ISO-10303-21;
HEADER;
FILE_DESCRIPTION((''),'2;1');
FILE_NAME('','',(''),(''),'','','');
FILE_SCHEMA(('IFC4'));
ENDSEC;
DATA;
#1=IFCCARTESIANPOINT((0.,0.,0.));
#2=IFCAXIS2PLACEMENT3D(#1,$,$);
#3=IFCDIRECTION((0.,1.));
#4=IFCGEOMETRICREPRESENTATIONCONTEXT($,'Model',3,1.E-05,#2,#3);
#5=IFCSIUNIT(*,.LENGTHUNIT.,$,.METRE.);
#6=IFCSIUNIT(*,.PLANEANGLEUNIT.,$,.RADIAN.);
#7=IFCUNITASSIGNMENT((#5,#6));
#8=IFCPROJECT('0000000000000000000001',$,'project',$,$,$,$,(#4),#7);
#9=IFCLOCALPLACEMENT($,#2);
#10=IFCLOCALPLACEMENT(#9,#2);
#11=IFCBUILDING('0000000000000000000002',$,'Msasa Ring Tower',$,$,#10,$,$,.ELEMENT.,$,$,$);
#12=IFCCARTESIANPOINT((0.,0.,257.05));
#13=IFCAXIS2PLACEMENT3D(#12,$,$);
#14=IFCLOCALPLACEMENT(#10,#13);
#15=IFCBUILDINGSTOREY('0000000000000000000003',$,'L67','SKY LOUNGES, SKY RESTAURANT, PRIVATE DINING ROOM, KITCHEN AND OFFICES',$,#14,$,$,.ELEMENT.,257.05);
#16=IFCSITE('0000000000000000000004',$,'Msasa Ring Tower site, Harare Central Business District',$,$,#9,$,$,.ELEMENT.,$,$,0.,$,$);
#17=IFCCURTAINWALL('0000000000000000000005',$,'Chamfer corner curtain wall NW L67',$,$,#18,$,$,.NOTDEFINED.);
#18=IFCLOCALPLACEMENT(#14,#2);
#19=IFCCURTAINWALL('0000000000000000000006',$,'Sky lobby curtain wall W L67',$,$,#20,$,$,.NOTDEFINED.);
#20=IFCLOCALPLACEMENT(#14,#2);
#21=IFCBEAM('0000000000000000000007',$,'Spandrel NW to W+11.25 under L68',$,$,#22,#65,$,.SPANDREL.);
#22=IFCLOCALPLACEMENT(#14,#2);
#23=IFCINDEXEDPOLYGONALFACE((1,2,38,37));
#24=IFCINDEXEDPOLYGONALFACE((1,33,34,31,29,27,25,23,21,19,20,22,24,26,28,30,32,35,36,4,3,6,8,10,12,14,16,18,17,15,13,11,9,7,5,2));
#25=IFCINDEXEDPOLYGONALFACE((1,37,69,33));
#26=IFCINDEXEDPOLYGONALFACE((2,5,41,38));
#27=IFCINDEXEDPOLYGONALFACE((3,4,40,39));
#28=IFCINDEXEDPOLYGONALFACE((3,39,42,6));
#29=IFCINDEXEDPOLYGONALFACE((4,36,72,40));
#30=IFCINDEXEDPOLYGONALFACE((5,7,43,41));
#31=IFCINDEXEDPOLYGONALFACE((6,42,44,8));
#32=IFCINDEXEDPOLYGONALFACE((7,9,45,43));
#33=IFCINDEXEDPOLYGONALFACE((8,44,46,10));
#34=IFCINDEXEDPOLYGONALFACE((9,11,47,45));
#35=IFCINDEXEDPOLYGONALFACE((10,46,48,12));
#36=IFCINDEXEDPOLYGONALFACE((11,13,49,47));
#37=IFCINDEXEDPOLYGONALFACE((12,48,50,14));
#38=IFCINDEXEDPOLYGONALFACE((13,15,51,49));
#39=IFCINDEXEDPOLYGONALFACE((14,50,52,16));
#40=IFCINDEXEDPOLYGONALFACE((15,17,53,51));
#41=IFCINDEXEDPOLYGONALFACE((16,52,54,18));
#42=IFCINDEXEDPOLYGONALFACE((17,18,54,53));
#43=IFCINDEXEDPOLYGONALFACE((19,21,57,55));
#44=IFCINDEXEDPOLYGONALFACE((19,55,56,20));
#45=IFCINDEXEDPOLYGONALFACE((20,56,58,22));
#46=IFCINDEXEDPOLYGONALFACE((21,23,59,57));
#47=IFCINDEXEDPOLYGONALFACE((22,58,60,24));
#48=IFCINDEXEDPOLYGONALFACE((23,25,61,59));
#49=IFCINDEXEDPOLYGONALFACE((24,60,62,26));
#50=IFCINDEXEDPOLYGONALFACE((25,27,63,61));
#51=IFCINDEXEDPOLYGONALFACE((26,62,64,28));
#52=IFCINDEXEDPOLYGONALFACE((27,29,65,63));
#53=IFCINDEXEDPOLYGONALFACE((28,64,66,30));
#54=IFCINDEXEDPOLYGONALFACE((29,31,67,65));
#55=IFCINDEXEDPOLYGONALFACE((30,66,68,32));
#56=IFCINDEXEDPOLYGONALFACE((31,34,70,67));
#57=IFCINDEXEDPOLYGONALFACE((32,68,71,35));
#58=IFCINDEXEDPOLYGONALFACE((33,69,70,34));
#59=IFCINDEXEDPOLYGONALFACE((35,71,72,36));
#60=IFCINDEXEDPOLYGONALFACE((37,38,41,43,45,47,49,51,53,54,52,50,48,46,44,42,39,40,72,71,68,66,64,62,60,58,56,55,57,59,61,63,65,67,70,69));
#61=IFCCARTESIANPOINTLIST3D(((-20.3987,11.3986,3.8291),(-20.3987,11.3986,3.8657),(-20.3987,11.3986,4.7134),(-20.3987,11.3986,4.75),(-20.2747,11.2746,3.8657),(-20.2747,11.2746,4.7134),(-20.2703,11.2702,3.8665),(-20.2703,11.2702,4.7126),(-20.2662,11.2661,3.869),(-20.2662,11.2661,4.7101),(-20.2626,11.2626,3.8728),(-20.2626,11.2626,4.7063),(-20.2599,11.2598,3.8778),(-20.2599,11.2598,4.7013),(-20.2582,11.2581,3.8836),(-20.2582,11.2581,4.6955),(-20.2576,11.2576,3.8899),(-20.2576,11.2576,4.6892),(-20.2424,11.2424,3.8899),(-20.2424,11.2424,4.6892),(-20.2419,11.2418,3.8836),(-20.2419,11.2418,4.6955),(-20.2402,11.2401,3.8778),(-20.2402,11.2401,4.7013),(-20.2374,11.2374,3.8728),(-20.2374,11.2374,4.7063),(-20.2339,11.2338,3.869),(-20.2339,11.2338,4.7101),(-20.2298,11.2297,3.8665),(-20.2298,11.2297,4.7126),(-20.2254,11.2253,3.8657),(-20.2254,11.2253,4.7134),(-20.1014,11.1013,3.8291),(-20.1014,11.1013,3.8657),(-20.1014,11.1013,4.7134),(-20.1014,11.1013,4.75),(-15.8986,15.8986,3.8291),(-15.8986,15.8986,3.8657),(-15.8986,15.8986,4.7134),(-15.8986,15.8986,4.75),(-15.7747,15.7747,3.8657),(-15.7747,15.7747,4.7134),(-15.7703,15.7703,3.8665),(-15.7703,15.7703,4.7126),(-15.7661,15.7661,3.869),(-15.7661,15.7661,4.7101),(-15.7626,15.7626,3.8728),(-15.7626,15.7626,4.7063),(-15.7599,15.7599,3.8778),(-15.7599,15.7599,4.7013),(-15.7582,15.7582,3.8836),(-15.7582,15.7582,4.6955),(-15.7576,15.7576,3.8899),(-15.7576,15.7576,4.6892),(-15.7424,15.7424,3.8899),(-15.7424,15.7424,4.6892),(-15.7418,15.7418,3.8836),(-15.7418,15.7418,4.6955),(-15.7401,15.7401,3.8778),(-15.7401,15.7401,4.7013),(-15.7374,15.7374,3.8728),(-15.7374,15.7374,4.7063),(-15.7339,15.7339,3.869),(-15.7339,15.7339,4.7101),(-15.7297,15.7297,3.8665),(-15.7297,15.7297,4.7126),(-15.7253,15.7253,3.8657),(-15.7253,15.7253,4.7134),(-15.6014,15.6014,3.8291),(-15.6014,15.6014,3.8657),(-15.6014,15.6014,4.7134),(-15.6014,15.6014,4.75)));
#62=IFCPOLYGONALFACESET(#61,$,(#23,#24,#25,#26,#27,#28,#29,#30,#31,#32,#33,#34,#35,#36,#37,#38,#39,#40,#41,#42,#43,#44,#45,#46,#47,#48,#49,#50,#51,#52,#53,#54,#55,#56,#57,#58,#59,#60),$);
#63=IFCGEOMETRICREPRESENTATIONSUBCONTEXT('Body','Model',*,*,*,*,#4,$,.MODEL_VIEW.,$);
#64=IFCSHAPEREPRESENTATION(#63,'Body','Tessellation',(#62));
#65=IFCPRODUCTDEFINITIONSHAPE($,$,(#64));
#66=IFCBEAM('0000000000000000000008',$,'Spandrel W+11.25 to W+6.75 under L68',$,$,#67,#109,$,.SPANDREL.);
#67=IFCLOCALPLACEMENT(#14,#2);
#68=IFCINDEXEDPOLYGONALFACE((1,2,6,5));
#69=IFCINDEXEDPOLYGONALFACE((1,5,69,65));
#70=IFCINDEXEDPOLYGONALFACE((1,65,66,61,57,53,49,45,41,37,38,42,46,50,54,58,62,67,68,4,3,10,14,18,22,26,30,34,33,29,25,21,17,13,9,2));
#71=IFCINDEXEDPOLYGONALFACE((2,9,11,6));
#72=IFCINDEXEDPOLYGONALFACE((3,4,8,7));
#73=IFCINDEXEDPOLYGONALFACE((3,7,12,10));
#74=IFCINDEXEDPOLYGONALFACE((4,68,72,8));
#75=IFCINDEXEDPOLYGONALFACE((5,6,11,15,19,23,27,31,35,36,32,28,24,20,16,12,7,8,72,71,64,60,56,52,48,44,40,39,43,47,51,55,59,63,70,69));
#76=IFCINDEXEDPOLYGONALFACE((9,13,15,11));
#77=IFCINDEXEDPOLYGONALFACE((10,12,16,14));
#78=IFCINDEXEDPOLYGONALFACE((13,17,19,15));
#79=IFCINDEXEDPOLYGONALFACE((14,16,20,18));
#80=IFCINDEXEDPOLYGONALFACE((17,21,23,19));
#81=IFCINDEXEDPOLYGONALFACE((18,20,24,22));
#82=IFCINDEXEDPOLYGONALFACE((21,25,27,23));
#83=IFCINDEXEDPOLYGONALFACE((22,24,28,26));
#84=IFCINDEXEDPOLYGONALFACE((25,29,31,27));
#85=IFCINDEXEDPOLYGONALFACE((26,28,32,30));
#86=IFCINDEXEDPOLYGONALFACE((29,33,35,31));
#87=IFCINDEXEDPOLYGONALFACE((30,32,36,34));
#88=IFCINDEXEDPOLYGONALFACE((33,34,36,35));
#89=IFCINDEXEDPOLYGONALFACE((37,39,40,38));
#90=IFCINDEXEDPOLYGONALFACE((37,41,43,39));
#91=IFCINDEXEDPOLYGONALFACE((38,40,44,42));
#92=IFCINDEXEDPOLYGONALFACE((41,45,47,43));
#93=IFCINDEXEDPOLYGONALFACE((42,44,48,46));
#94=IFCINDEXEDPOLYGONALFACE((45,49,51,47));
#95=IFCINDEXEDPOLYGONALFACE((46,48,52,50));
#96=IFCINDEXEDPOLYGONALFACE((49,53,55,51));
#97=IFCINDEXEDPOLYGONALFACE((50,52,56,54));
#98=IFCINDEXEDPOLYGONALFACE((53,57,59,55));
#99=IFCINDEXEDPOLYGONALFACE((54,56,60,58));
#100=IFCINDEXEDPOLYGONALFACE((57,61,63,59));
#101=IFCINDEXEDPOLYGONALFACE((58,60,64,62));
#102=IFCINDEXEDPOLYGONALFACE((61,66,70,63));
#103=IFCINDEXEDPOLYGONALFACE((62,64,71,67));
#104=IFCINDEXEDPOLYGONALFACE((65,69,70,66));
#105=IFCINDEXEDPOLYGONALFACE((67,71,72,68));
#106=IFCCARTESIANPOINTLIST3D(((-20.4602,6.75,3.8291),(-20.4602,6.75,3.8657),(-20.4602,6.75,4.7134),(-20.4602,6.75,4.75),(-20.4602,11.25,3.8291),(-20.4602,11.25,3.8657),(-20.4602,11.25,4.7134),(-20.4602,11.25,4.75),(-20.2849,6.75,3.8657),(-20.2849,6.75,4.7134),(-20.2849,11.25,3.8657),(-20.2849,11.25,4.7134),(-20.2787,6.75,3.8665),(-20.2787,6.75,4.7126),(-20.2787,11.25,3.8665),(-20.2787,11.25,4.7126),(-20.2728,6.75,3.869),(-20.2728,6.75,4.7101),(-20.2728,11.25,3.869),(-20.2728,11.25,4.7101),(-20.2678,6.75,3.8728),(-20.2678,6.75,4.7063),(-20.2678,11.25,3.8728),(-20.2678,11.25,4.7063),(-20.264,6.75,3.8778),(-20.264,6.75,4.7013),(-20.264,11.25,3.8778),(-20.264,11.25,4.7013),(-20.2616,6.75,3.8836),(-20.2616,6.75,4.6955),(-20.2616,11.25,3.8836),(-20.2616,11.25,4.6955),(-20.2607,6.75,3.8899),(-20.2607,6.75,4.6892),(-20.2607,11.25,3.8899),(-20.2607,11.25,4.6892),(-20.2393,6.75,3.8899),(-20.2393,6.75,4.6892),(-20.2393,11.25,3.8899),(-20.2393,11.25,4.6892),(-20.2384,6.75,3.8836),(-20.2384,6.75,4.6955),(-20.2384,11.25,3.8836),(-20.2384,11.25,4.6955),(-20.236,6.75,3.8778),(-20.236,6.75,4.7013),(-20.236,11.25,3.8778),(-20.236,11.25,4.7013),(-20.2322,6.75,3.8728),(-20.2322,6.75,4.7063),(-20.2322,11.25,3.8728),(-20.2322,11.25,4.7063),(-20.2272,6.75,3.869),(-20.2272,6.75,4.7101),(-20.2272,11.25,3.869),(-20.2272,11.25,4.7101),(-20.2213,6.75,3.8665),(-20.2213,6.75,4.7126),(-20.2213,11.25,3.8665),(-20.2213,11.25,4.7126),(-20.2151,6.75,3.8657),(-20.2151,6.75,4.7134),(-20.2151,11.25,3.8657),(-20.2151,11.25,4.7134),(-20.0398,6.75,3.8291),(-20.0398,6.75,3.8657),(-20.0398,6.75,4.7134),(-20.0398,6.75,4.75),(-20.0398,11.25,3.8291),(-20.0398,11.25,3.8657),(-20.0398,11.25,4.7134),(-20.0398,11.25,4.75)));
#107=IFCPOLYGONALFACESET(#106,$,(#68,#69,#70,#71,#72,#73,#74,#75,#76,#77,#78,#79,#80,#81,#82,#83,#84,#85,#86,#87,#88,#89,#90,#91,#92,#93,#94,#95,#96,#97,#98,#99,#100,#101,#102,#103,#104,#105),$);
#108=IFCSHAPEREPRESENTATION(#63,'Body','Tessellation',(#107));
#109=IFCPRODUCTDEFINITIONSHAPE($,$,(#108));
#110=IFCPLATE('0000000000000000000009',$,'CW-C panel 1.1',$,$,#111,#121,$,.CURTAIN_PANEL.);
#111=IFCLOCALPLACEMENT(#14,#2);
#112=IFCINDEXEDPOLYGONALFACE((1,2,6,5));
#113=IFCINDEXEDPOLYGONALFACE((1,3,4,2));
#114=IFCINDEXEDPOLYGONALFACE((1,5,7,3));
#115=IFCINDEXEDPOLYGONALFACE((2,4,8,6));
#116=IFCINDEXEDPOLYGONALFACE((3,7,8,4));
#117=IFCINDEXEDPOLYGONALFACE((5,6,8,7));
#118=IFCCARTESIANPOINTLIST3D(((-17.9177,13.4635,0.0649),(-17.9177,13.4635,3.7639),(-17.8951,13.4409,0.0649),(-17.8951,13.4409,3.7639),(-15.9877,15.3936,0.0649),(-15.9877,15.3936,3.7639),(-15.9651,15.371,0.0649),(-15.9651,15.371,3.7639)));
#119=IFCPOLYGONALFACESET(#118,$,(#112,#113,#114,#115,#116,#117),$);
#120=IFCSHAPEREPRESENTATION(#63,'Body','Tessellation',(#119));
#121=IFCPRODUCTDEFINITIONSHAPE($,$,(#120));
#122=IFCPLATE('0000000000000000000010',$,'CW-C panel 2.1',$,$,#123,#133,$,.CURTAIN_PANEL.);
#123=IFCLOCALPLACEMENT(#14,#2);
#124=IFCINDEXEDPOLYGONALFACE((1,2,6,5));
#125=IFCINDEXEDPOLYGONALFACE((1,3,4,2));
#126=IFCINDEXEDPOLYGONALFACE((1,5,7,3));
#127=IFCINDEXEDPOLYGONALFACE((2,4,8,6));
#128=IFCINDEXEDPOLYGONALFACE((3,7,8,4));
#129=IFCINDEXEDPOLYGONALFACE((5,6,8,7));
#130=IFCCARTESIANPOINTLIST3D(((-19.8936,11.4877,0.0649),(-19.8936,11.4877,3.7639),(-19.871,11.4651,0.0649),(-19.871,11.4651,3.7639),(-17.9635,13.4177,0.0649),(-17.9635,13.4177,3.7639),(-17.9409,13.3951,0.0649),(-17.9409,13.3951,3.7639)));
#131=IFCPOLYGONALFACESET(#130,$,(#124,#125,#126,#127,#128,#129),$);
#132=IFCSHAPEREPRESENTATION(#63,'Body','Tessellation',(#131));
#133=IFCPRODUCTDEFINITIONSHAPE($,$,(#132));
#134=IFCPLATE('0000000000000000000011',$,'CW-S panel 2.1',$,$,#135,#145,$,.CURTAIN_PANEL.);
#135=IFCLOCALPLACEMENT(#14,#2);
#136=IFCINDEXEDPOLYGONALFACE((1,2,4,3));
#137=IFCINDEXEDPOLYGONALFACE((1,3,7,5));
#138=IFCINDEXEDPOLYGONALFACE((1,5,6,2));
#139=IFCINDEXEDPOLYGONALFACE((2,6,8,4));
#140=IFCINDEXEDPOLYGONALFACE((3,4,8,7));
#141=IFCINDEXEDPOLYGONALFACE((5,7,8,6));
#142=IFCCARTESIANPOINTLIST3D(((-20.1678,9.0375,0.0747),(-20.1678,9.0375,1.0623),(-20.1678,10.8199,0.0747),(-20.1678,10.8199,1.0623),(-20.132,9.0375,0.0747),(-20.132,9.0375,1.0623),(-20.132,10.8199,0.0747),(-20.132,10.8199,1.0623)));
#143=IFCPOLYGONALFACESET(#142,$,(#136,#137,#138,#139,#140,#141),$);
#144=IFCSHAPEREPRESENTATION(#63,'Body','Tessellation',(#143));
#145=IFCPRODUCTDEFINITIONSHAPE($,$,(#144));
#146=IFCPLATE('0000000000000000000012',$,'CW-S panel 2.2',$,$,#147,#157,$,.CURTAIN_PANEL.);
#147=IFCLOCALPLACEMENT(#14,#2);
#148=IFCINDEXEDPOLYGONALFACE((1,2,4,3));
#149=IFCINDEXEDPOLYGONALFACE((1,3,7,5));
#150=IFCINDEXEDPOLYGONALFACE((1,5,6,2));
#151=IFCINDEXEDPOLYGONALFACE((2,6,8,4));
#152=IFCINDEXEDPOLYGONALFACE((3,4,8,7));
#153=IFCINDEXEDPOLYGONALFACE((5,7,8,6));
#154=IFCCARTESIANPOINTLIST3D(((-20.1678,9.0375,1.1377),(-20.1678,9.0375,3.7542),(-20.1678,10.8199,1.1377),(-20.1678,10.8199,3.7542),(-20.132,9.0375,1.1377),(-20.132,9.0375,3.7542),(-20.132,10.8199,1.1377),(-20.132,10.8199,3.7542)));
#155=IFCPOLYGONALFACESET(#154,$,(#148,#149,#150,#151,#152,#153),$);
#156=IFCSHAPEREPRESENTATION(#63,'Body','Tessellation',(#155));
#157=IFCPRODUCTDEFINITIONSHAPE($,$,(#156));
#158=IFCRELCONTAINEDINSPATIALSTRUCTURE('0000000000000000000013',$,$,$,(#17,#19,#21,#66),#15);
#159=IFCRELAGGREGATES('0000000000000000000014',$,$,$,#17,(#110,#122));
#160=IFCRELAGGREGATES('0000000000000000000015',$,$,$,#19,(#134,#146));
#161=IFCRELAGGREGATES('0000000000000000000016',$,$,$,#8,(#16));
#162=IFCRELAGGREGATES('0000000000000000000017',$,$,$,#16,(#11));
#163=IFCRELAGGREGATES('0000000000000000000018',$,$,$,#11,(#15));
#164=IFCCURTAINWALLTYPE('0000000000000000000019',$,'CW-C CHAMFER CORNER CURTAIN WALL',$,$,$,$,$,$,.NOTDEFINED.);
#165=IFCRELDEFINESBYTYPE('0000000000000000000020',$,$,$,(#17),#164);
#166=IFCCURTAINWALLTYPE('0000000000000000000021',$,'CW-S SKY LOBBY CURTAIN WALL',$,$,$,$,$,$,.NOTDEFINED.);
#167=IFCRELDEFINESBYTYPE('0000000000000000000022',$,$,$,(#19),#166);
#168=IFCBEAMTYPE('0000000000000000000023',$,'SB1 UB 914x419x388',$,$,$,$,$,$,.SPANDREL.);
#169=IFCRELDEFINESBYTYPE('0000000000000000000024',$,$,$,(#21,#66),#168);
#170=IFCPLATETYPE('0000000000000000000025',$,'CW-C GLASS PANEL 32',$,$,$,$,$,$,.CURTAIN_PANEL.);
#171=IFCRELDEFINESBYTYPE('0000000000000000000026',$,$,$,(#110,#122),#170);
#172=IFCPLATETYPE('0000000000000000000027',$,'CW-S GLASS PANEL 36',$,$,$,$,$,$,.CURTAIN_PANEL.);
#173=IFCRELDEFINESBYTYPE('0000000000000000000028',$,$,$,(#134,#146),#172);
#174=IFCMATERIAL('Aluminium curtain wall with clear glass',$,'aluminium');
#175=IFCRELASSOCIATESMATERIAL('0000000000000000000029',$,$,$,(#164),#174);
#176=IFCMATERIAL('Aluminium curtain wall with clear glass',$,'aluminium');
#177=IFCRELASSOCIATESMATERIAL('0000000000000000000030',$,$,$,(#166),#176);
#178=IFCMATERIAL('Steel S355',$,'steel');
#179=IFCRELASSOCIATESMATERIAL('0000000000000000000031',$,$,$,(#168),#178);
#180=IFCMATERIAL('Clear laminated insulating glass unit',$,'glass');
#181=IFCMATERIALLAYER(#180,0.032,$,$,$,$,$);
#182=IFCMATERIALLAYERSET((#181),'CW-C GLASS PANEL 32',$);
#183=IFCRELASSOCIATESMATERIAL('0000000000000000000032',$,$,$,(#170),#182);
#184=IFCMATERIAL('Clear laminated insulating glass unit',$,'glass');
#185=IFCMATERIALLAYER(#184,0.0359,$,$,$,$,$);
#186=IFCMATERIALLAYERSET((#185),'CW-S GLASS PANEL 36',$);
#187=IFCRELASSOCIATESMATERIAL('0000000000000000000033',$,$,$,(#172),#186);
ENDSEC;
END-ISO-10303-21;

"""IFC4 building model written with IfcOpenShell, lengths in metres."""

from ifc_helpers import new_model, si_unit, direction, frame, origin, origin_2d, place, context, subcontext, project, spatial, rectangle, i_section, extrude, material, layer, layer_set, material_profile, profile_set, type_object, element, aggregate, save


model = new_model("IFC4")

# Units and contexts
model_context = context("Model", 3, precision=1e-05, world=origin(), true_north=direction((0.0, 1.0)))
body_context = subcontext(model_context, "Body", "Model", "MODEL_VIEW")
ifc_project = project(units=[si_unit("LENGTHUNIT", "METRE"), si_unit("PLANEANGLEUNIT", "RADIAN")], contexts=[model_context])

# Site, building, storey
site_placement = place(None, origin())
site = spatial("IfcSite", under=ifc_project, at=site_placement, Name="Msasa Ring Tower site, Harare Central Business District", CompositionType="ELEMENT", RefElevation=0.0)
building_placement = place(site_placement, origin())
building = spatial("IfcBuilding", under=site, at=building_placement, Name="Msasa Ring Tower", CompositionType="ELEMENT")
storey_placement = place(building_placement, frame((0.0, 0.0, 257.05)))
storey = spatial("IfcBuildingStorey", under=building, at=storey_placement, Name="L67", Description="SKY LOUNGES, SKY RESTAURANT, PRIVATE DINING ROOM, KITCHEN AND OFFICES", CompositionType="ELEMENT", Elevation=257.05)

# Curtain walls
ifc_material_1 = material(Name="Aluminium curtain wall with clear glass", Category="aluminium")
curtain_wall_type_1 = type_object("IfcCurtainWallType", Name="CW-C CHAMFER CORNER CURTAIN WALL", PredefinedType="NOTDEFINED", material=ifc_material_1)
curtain_wall_1_placement = place(storey_placement, origin())
curtain_wall_1 = element("IfcCurtainWall", 1, at=curtain_wall_1_placement, inside=storey, type_object=curtain_wall_type_1, Name="Chamfer corner curtain wall NW L67", PredefinedType="NOTDEFINED")
ifc_material_2 = material(Name="Aluminium curtain wall with clear glass", Category="aluminium")
curtain_wall_type_2 = type_object("IfcCurtainWallType", Name="CW-S SKY LOBBY CURTAIN WALL", PredefinedType="NOTDEFINED", material=ifc_material_2)
curtain_wall_2_placement = place(storey_placement, origin())
curtain_wall_2 = element("IfcCurtainWall", 2, at=curtain_wall_2_placement, inside=storey, type_object=curtain_wall_type_2, Name="Sky lobby curtain wall W L67", PredefinedType="NOTDEFINED")

# Beams
ifc_material_3 = material(Name="Steel S355", Category="steel")
ifc_material_profile_1 = material_profile(ifc_material_3, i_section(OverallWidth=0.4204, OverallDepth=0.9209, WebThickness=0.0215, FlangeThickness=0.0366, FilletRadius=0.0242, at=origin_2d()), Name="UB 914x419x388")
ifc_profile_set_1 = profile_set([ifc_material_profile_1], Name="Steel S355")
beam_type = type_object("IfcBeamType", Name="SB1 UB 914x419x388", PredefinedType="SPANDREL", material=ifc_profile_set_1)
beam_1_placement = place(storey_placement, frame((-15.75, 15.75, 4.2896), z_axis=(-0.707107, -0.707107, 0.0), x_axis=(0.707107, -0.707107, 0.0)))
element("IfcBeam", 3, at=beam_1_placement, inside=storey, type_object=beam_type, Name="Spandrel NW to W+11.25 under L68", PredefinedType="SPANDREL", context=body_context, shape_type="SweptSolid", body=[
    extrude(i_section(OverallWidth=0.4204, OverallDepth=0.9209, WebThickness=0.0215, FlangeThickness=0.0366, FilletRadius=0.0242, at=origin_2d()), origin(), (0.0, 0.0, 1.0), 6.364),
])
beam_2_placement = place(storey_placement, frame((-20.25, 11.25, 4.2896), z_axis=(0.0, -1.0, 0.0), x_axis=(1.0, 0.0, 0.0)))
element("IfcBeam", 4, at=beam_2_placement, inside=storey, type_object=beam_type, Name="Spandrel W+11.25 to W+6.75 under L68", PredefinedType="SPANDREL", context=body_context, shape_type="SweptSolid", body=[
    extrude(i_section(OverallWidth=0.4204, OverallDepth=0.9209, WebThickness=0.0215, FlangeThickness=0.0366, FilletRadius=0.0242, at=origin_2d()), origin(), (0.0, 0.0, 1.0), 4.5),
])

# Plates
ifc_material_4 = material(Name="Clear laminated insulating glass unit", Category="glass")
ifc_layer_1 = layer(ifc_material_4, 0.032)
ifc_layer_set_1 = layer_set([ifc_layer_1], Name="CW-C GLASS PANEL 32")
plate_type_1 = type_object("IfcPlateType", Name="CW-C GLASS PANEL 32", PredefinedType="CURTAIN_PANEL", material=ifc_layer_set_1)
plate_1_placement = place(storey_placement, frame((-16.9414, 14.4172, 0.0649), z_axis=(0.0, 0.0, 1.0), x_axis=(-0.707107, -0.707107, 0.0)))
plate_1 = element("IfcPlate", 5, at=plate_1_placement, type_object=plate_type_1, Name="CW-C panel 1.1", PredefinedType="CURTAIN_PANEL", context=body_context, shape_type="SweptSolid", body=[
    extrude(rectangle(XDim=2.7295, YDim=0.032, at=origin_2d()), origin(), (0.0, 0.0, 1.0), 3.699),
])
plate_2_placement = place(storey_placement, frame((-18.9172, 12.4414, 0.0649), z_axis=(0.0, 0.0, 1.0), x_axis=(-0.707107, -0.707107, 0.0)))
plate_2 = element("IfcPlate", 6, at=plate_2_placement, type_object=plate_type_1, Name="CW-C panel 2.1", PredefinedType="CURTAIN_PANEL", context=body_context, shape_type="SweptSolid", body=[
    extrude(rectangle(XDim=2.7295, YDim=0.032, at=origin_2d()), origin(), (0.0, 0.0, 1.0), 3.699),
])
aggregate(curtain_wall_1, [plate_1, plate_2])
ifc_material_5 = material(Name="Clear laminated insulating glass unit", Category="glass")
ifc_layer_2 = layer(ifc_material_5, 0.0359)
ifc_layer_set_2 = layer_set([ifc_layer_2], Name="CW-S GLASS PANEL 36")
plate_type_2 = type_object("IfcPlateType", Name="CW-S GLASS PANEL 36", PredefinedType="CURTAIN_PANEL", material=ifc_layer_set_2)
plate_3_placement = place(storey_placement, frame((-20.1499, 9.9287, 0.0747), z_axis=(0.0, 0.0, 1.0), x_axis=(0.0, 1.0, 0.0)))
plate_3 = element("IfcPlate", 7, at=plate_3_placement, type_object=plate_type_2, Name="CW-S panel 2.1", PredefinedType="CURTAIN_PANEL", context=body_context, shape_type="SweptSolid", body=[
    extrude(rectangle(XDim=1.7825, YDim=0.0359, at=origin_2d()), origin(), (0.0, 0.0, 1.0), 0.9875),
])
plate_4_placement = place(storey_placement, frame((-20.1499, 9.9287, 1.1377), z_axis=(0.0, 0.0, 1.0), x_axis=(0.0, 1.0, 0.0)))
plate_4 = element("IfcPlate", 8, at=plate_4_placement, type_object=plate_type_2, Name="CW-S panel 2.2", PredefinedType="CURTAIN_PANEL", context=body_context, shape_type="SweptSolid", body=[
    extrude(rectangle(XDim=1.7825, YDim=0.0359, at=origin_2d()), origin(), (0.0, 0.0, 1.0), 2.6165),
])
aggregate(curtain_wall_2, [plate_3, plate_4])

save(model, "model.ifc")
